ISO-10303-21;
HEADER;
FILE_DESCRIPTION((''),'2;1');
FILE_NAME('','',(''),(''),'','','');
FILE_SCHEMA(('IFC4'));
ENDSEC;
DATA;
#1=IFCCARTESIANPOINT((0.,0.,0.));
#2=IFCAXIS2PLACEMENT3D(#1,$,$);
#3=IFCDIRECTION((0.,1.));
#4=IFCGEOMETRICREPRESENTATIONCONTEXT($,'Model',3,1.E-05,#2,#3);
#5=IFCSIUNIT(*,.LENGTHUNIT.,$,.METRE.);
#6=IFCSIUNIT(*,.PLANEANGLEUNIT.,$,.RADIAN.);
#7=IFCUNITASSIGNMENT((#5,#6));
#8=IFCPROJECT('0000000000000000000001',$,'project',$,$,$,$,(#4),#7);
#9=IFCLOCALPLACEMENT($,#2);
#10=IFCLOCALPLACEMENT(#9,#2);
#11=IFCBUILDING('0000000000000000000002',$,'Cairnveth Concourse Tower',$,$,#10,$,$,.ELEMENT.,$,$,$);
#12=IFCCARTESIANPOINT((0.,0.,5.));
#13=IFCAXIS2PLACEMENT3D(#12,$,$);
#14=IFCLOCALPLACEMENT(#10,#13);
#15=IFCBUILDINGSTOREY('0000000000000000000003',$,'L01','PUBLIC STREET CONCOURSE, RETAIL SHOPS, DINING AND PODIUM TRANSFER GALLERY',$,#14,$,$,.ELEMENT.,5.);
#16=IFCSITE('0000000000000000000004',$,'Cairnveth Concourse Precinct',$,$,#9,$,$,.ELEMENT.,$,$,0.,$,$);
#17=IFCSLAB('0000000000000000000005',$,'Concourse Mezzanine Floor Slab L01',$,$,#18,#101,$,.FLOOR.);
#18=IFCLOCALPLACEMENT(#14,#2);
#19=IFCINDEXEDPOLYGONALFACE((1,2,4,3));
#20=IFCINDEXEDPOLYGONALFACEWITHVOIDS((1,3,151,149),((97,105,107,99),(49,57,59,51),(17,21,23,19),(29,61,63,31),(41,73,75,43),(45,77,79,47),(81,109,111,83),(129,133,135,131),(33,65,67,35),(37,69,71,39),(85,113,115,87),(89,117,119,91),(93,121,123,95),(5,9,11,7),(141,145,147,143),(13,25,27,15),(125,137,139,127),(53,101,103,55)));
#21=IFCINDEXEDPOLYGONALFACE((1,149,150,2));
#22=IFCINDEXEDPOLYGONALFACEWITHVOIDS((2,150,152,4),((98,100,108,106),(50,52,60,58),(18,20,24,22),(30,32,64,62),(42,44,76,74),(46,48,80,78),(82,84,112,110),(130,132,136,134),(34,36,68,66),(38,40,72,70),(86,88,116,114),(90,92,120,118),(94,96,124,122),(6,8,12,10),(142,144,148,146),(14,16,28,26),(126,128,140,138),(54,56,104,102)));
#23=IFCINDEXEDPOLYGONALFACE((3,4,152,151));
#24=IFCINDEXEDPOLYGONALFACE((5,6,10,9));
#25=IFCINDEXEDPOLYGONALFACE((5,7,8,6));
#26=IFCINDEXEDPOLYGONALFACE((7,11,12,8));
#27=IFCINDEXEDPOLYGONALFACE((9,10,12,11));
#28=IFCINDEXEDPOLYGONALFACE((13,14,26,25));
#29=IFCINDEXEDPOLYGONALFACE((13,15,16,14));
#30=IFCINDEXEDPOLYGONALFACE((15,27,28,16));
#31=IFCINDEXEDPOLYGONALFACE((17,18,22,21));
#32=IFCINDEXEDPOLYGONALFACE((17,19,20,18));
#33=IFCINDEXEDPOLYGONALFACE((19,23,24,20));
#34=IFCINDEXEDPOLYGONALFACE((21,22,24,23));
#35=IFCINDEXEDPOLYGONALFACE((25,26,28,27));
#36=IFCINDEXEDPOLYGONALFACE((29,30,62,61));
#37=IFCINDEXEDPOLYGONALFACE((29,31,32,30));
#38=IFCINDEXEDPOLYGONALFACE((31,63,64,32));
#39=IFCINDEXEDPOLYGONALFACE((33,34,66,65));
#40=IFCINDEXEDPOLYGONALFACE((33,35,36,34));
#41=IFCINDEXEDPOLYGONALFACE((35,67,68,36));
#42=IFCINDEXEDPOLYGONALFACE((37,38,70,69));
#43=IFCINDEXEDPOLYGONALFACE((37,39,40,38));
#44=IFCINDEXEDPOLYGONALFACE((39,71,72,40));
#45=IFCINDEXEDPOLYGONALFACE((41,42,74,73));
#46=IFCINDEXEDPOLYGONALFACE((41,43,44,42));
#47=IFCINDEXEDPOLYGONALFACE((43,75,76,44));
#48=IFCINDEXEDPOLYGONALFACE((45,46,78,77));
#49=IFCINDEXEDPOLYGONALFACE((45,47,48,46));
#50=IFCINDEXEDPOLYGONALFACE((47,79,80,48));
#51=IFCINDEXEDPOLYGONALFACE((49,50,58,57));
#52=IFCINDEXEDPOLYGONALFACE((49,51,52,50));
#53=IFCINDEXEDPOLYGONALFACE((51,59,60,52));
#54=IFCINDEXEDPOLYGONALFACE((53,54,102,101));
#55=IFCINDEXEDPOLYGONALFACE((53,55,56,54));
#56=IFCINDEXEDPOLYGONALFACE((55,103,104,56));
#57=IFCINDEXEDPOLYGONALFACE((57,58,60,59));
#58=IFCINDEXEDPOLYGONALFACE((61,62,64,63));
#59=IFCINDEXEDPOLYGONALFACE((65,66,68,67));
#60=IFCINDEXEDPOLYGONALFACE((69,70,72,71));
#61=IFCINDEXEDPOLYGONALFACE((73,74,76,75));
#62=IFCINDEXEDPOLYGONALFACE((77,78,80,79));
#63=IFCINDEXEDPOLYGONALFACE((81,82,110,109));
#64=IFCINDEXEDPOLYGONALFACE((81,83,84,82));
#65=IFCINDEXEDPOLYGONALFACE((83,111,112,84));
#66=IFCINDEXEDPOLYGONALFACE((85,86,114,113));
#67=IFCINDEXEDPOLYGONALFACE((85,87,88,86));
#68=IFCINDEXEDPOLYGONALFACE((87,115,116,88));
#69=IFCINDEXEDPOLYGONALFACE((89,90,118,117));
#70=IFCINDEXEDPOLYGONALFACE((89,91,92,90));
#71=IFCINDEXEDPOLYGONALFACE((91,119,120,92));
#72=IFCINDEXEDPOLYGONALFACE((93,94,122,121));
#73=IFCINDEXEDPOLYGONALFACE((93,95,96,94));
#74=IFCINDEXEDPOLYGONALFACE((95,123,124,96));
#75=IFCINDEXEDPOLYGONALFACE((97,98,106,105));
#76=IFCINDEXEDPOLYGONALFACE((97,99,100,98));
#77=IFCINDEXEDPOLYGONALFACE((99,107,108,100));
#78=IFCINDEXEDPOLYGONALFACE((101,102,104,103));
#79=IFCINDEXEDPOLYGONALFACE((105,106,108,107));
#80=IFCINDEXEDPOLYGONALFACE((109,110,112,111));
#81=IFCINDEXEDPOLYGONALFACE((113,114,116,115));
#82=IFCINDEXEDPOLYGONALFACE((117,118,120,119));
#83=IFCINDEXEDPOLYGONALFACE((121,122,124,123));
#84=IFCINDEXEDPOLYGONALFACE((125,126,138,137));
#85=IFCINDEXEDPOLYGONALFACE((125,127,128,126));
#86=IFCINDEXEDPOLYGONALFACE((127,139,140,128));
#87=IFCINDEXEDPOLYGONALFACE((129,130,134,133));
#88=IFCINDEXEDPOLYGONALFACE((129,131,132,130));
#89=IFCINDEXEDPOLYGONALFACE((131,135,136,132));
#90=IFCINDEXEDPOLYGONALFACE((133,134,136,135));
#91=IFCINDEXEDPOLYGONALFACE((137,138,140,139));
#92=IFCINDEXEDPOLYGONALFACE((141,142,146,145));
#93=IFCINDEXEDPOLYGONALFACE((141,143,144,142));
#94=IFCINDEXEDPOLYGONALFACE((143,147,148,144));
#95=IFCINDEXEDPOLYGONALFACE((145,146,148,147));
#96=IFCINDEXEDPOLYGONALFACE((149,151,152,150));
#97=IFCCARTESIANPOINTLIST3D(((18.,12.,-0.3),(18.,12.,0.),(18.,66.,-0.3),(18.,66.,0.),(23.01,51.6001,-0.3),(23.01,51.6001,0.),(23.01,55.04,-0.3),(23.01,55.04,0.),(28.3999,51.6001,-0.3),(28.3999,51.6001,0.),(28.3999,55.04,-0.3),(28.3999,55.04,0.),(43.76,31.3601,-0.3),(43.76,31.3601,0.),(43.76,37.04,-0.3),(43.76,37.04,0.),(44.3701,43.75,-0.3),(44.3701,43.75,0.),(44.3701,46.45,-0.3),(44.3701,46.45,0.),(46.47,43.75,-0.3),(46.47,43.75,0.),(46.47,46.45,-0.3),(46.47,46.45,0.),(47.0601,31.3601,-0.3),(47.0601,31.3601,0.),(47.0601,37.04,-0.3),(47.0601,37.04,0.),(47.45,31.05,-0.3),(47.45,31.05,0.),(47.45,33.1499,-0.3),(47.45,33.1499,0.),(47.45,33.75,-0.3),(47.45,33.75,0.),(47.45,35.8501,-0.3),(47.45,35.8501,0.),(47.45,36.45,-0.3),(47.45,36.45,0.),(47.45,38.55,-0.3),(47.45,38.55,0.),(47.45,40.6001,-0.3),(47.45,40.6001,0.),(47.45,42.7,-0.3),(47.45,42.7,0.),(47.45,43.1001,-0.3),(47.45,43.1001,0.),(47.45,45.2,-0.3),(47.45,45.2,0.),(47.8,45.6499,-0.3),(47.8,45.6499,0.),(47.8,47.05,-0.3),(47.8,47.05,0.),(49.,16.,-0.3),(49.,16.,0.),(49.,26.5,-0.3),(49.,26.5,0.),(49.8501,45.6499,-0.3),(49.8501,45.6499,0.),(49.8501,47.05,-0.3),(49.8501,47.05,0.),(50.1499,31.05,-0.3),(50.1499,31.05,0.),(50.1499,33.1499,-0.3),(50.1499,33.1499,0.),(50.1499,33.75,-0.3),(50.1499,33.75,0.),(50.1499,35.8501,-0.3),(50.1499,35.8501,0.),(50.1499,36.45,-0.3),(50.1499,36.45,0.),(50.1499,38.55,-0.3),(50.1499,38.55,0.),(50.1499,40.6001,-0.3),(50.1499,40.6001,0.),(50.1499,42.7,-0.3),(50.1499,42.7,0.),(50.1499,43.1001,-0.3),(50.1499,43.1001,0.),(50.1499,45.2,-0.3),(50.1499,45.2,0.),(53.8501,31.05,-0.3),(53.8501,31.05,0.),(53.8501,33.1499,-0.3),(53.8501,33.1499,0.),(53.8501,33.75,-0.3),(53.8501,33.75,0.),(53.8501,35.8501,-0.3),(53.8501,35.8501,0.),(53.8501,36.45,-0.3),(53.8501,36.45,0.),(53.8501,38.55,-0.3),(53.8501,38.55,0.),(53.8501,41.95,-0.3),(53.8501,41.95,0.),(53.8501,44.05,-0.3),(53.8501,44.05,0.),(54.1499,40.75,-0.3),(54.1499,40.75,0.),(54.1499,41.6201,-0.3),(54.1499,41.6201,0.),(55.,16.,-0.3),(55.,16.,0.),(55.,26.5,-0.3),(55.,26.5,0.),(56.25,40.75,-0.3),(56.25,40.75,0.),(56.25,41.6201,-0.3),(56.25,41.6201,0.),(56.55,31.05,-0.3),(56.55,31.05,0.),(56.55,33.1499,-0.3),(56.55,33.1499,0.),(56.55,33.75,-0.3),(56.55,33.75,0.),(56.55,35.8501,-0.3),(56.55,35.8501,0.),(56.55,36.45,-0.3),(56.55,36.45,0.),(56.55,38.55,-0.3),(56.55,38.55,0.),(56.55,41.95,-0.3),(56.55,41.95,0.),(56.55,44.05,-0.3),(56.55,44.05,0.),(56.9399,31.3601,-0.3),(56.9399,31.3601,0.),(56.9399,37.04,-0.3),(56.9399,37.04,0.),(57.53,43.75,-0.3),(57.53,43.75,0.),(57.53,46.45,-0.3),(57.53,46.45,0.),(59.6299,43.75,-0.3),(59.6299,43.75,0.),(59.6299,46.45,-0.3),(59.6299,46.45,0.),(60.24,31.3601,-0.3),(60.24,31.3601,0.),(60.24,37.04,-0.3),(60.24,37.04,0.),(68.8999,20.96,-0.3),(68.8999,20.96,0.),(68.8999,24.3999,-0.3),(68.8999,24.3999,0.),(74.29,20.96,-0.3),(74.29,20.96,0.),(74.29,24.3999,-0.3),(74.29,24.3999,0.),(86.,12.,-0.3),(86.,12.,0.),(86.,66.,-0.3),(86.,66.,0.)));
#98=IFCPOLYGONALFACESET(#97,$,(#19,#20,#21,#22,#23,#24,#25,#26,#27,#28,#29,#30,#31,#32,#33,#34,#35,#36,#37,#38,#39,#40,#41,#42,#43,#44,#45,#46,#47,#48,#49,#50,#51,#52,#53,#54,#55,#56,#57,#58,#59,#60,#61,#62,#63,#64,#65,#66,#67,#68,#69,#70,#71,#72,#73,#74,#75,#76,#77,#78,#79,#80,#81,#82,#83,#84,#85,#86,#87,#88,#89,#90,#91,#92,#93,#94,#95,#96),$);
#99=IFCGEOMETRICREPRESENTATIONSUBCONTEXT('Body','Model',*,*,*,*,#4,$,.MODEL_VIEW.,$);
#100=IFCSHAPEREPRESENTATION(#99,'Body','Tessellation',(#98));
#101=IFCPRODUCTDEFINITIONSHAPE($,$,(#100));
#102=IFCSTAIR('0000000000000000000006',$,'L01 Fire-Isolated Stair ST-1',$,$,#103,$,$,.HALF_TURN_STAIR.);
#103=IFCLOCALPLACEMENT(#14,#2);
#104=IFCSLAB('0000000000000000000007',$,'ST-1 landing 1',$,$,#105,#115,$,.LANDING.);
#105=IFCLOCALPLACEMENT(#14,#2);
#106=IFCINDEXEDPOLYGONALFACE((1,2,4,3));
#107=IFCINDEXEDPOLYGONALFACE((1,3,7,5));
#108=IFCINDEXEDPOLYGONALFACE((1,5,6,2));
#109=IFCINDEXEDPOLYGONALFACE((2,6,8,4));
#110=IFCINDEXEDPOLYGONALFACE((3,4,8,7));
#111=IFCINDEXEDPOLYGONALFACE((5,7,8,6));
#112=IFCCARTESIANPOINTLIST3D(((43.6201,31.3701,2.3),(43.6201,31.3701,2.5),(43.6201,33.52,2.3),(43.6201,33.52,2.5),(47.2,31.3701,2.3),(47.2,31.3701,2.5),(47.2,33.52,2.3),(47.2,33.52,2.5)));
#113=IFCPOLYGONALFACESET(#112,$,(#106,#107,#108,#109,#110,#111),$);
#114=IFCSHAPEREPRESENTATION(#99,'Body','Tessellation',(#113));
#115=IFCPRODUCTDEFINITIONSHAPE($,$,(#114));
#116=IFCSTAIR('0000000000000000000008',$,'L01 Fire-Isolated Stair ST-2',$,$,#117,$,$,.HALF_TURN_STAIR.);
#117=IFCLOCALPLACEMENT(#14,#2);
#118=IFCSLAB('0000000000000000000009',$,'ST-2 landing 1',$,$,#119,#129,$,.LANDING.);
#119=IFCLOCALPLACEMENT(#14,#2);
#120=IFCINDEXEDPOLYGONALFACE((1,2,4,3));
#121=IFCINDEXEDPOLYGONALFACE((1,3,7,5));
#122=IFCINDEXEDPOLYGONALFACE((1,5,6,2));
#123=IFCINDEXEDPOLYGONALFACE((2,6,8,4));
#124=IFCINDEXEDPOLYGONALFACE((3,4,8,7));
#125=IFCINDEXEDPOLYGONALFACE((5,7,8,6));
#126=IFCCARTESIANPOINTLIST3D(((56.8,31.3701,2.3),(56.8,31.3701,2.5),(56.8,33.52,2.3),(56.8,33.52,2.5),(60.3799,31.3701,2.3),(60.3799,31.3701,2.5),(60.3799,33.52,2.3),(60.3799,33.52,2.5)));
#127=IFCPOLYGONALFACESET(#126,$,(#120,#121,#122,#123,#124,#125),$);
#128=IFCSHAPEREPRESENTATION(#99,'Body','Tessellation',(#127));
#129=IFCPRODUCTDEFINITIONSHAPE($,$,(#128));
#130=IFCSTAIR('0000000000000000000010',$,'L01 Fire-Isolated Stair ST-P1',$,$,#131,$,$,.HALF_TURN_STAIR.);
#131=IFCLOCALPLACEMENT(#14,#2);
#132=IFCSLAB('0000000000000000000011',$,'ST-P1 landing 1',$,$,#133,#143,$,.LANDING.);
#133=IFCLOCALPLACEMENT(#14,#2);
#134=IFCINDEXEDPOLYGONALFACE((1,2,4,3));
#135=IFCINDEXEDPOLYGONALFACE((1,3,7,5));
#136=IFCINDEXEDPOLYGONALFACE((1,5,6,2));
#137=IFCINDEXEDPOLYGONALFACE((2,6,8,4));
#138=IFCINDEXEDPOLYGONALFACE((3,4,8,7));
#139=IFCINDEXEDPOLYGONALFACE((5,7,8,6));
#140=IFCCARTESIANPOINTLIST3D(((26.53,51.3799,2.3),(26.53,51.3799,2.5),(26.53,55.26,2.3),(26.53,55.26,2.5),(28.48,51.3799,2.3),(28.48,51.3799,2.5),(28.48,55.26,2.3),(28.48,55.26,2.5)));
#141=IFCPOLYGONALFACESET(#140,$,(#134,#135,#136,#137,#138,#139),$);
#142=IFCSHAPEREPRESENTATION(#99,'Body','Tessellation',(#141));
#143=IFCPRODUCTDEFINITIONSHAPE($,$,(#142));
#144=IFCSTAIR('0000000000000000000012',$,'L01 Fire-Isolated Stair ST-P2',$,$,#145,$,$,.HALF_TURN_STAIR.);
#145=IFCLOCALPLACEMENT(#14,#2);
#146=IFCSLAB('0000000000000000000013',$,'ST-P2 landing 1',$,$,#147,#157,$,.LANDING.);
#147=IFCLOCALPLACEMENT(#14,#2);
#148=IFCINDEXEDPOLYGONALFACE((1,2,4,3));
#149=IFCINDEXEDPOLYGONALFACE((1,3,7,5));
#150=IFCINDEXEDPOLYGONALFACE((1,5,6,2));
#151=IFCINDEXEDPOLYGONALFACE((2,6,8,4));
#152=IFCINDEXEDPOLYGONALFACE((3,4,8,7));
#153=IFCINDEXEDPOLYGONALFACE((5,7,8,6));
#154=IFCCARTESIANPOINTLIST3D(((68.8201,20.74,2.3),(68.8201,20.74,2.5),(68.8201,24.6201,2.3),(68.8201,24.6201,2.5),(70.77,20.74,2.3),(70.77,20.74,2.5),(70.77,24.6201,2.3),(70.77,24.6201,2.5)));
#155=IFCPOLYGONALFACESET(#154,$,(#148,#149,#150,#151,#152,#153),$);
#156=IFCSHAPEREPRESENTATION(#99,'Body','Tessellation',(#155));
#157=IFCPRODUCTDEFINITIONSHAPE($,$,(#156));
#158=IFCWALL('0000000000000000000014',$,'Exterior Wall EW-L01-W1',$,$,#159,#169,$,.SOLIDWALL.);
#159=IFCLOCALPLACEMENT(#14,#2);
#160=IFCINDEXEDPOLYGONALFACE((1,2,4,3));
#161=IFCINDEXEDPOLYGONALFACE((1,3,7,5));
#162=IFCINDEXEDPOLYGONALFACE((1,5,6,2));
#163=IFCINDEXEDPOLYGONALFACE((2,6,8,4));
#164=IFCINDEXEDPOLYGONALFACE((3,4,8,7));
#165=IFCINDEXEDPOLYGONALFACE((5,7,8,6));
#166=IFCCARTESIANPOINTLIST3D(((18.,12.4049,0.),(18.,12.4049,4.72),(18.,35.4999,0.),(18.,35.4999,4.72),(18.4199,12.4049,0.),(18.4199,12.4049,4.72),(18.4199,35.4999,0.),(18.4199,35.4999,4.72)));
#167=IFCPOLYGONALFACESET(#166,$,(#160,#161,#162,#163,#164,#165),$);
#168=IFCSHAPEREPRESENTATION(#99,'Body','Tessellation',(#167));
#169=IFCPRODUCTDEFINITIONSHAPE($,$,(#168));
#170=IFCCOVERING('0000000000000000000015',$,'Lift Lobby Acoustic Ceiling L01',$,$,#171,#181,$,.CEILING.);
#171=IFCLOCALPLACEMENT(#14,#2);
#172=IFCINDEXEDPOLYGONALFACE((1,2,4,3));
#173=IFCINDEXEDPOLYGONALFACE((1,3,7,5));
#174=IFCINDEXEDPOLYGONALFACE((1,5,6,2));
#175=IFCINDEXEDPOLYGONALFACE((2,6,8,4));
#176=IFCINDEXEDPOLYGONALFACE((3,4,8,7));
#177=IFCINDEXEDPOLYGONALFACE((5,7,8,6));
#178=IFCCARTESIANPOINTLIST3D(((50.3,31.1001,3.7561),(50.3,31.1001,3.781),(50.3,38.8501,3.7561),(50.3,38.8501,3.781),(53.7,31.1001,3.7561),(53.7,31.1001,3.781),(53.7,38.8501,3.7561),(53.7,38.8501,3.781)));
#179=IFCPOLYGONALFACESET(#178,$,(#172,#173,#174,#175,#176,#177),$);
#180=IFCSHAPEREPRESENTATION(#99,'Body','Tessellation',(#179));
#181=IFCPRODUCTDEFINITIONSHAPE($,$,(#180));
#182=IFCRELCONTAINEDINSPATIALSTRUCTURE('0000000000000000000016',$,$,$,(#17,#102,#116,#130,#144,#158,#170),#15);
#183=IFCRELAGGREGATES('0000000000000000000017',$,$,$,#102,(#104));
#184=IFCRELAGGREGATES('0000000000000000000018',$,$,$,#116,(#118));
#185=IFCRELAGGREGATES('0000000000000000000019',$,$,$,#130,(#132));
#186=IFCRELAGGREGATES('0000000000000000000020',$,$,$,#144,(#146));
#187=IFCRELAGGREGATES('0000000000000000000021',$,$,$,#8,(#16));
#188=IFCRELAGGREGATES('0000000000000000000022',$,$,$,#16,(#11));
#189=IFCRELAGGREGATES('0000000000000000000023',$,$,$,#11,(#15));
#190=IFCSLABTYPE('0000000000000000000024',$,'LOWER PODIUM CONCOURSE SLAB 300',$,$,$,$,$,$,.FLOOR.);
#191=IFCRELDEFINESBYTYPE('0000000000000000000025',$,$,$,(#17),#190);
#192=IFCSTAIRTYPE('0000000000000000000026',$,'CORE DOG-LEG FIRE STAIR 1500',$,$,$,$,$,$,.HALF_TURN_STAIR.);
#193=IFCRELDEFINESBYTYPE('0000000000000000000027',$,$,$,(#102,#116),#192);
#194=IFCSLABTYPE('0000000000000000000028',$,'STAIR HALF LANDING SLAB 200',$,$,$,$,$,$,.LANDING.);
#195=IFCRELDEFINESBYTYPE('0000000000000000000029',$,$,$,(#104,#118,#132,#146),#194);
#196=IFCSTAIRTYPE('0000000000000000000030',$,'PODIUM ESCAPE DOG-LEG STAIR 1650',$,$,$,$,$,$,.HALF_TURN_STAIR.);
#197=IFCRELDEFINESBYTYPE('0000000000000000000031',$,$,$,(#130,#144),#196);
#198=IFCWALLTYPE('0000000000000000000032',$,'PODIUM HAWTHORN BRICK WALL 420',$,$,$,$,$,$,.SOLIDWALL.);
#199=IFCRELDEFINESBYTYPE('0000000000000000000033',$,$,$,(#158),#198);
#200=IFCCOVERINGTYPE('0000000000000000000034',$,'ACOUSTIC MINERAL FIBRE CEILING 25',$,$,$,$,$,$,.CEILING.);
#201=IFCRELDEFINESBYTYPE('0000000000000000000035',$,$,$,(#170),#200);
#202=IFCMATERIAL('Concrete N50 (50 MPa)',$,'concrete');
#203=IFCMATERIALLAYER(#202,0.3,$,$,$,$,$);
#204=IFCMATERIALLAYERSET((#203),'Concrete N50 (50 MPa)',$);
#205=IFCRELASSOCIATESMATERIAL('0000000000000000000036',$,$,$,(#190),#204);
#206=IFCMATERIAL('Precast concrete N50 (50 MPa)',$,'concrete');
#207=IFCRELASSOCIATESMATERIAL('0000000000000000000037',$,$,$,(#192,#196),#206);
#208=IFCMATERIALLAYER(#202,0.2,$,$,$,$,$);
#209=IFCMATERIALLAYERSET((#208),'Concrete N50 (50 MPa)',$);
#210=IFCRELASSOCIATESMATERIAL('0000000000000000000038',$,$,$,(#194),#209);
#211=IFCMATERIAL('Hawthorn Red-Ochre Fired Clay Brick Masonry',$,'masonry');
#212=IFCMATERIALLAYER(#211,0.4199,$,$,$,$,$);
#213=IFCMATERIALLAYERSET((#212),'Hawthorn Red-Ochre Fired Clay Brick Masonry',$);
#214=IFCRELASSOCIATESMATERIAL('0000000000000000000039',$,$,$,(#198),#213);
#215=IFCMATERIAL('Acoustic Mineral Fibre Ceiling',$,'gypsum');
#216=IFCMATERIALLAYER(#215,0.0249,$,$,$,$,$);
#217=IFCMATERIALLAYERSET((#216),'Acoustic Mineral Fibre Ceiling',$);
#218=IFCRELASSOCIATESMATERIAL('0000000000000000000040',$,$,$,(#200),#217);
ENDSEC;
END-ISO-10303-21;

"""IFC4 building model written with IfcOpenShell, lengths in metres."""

from ifc_helpers import new_model, si_unit, direction, frame, frame_2d, origin, place, context, subcontext, project, spatial, polyline, rectangle, outline, extrude, material, layer, layer_set, type_object, element, aggregate, save


model = new_model("IFC4")

# Units and contexts
model_context = context("Model", 3, precision=1e-05, world=origin(), true_north=direction((0.0, 1.0)))
body_context = subcontext(model_context, "Body", "Model", "MODEL_VIEW")
ifc_project = project(units=[si_unit("LENGTHUNIT", "METRE"), si_unit("PLANEANGLEUNIT", "RADIAN")], contexts=[model_context])

# Site, building, storey
site_placement = place(None, origin())
site = spatial("IfcSite", under=ifc_project, at=site_placement, Name="Cairnveth Concourse Precinct", CompositionType="ELEMENT", RefElevation=0.0)
building_placement = place(site_placement, origin())
building = spatial("IfcBuilding", under=site, at=building_placement, Name="Cairnveth Concourse Tower", CompositionType="ELEMENT")
storey_placement = place(building_placement, frame((0.0, 0.0, 5.0)))
storey = spatial("IfcBuildingStorey", under=building, at=storey_placement, Name="L01", Description="PUBLIC STREET CONCOURSE, RETAIL SHOPS, DINING AND PODIUM TRANSFER GALLERY", CompositionType="ELEMENT", Elevation=5.0)

# Slab
ifc_material_1 = material(Name="Concrete N50 (50 MPa)", Category="concrete")
ifc_layer_1 = layer(ifc_material_1, 0.3)
ifc_layer_set_1 = layer_set([ifc_layer_1], Name="Concrete N50 (50 MPa)")
slab_type_1 = type_object("IfcSlabType", Name="LOWER PODIUM CONCOURSE SLAB 300", PredefinedType="FLOOR", material=ifc_layer_set_1)
slab_1_placement = place(storey_placement, frame((0.0, 0.0, -0.3)))
element("IfcSlab", 1, at=slab_1_placement, inside=storey, type_object=slab_type_1, Name="Concourse Mezzanine Floor Slab L01", PredefinedType="FLOOR", context=body_context, shape_type="SweptSolid", body=[
    extrude(outline(polyline([(18.0, 12.0), (86.0, 12.0), (86.0, 66.0), (18.0, 66.0), (18.0, 12.0)]), holes=[polyline([(43.76, 31.3601), (47.0601, 31.3601), (47.0601, 37.04), (43.76, 37.04), (43.76, 31.3601)]), polyline([(56.9399, 31.3601), (60.24, 31.3601), (60.24, 37.04), (56.9399, 37.04), (56.9399, 31.3601)]), polyline([(23.01, 51.6001), (28.3999, 51.6001), (28.3999, 55.04), (23.01, 55.04), (23.01, 51.6001)]), polyline([(74.29, 24.3999), (68.8999, 24.3999), (68.8999, 20.96), (74.29, 20.96), (74.29, 24.3999)]), polyline([(44.3701, 43.75), (46.47, 43.75), (46.47, 46.45), (44.3701, 46.45), (44.3701, 43.75)]), polyline([(57.53, 43.75), (59.6299, 43.75), (59.6299, 46.45), (57.53, 46.45), (57.53, 43.75)]), polyline([(47.45, 31.05), (50.1499, 31.05), (50.1499, 33.1499), (47.45, 33.1499), (47.45, 31.05)]), polyline([(47.45, 33.75), (50.1499, 33.75), (50.1499, 35.8501), (47.45, 35.8501), (47.45, 33.75)]), polyline([(47.45, 36.45), (50.1499, 36.45), (50.1499, 38.55), (47.45, 38.55), (47.45, 36.45)]), polyline([(53.8501, 31.05), (56.55, 31.05), (56.55, 33.1499), (53.8501, 33.1499), (53.8501, 31.05)]), polyline([(53.8501, 33.75), (56.55, 33.75), (56.55, 35.8501), (53.8501, 35.8501), (53.8501, 33.75)]), polyline([(53.8501, 36.45), (56.55, 36.45), (56.55, 38.55), (53.8501, 38.55), (53.8501, 36.45)]), polyline([(47.45, 40.6001), (50.1499, 40.6001), (50.1499, 42.7), (47.45, 42.7), (47.45, 40.6001)]), polyline([(47.45, 43.1001), (50.1499, 43.1001), (50.1499, 45.2), (47.45, 45.2), (47.45, 43.1001)]), polyline([(53.8501, 41.95), (56.55, 41.95), (56.55, 44.05), (53.8501, 44.05), (53.8501, 41.95)]), polyline([(47.8, 45.6499), (49.8501, 45.6499), (49.8501, 47.05), (47.8, 47.05), (47.8, 45.6499)]), polyline([(54.1499, 40.75), (56.25, 40.75), (56.25, 41.6201), (54.1499, 41.6201), (54.1499, 40.75)]), polyline([(49.0, 16.0), (55.0, 16.0), (55.0, 26.5), (49.0, 26.5), (49.0, 16.0)])]), origin(), (0.0, 0.0, 1.0), 0.3),
])

# Stairs, slabs
ifc_material_2 = material(Name="Precast concrete N50 (50 MPa)", Category="concrete")
stair_type_1 = type_object("IfcStairType", Name="CORE DOG-LEG FIRE STAIR 1500", PredefinedType="HALF_TURN_STAIR", material=ifc_material_2)
stair_1_placement = place(storey_placement, origin())
stair_1 = element("IfcStair", 2, at=stair_1_placement, inside=storey, type_object=stair_type_1, Name="L01 Fire-Isolated Stair ST-1", PredefinedType="HALF_TURN_STAIR")
ifc_layer_2 = layer(ifc_material_1, 0.2)
ifc_layer_set_2 = layer_set([ifc_layer_2], Name="Concrete N50 (50 MPa)")
slab_type_2 = type_object("IfcSlabType", Name="STAIR HALF LANDING SLAB 200", PredefinedType="LANDING", material=ifc_layer_set_2)
slab_2_placement = place(storey_placement, frame((0.0, 0.0, 2.3)))
slab_2 = element("IfcSlab", 3, at=slab_2_placement, type_object=slab_type_2, Name="ST-1 landing 1", PredefinedType="LANDING", context=body_context, shape_type="SweptSolid", body=[
    extrude(outline(polyline([(43.6201, 33.52), (43.6201, 31.3701), (47.2, 31.3701), (47.2, 33.52), (43.6201, 33.52)])), origin(), (0.0, 0.0, 1.0), 0.2),
])
aggregate(stair_1, [slab_2])
stair_2_placement = place(storey_placement, origin())
stair_2 = element("IfcStair", 4, at=stair_2_placement, inside=storey, type_object=stair_type_1, Name="L01 Fire-Isolated Stair ST-2", PredefinedType="HALF_TURN_STAIR")
slab_3_placement = place(storey_placement, frame((0.0, 0.0, 2.3)))
slab_3 = element("IfcSlab", 5, at=slab_3_placement, type_object=slab_type_2, Name="ST-2 landing 1", PredefinedType="LANDING", context=body_context, shape_type="SweptSolid", body=[
    extrude(outline(polyline([(56.8, 33.52), (56.8, 31.3701), (60.3799, 31.3701), (60.3799, 33.52), (56.8, 33.52)])), origin(), (0.0, 0.0, 1.0), 0.2),
])
aggregate(stair_2, [slab_3])
stair_type_2 = type_object("IfcStairType", Name="PODIUM ESCAPE DOG-LEG STAIR 1650", PredefinedType="HALF_TURN_STAIR", material=ifc_material_2)
stair_3_placement = place(storey_placement, origin())
stair_3 = element("IfcStair", 6, at=stair_3_placement, inside=storey, type_object=stair_type_2, Name="L01 Fire-Isolated Stair ST-P1", PredefinedType="HALF_TURN_STAIR")
slab_4_placement = place(storey_placement, frame((0.0, 0.0, 2.3)))
slab_4 = element("IfcSlab", 7, at=slab_4_placement, type_object=slab_type_2, Name="ST-P1 landing 1", PredefinedType="LANDING", context=body_context, shape_type="SweptSolid", body=[
    extrude(outline(polyline([(26.53, 51.3799), (28.48, 51.3799), (28.48, 55.26), (26.53, 55.26), (26.53, 51.3799)])), origin(), (0.0, 0.0, 1.0), 0.2),
])
aggregate(stair_3, [slab_4])
stair_4_placement = place(storey_placement, origin())
stair_4 = element("IfcStair", 8, at=stair_4_placement, inside=storey, type_object=stair_type_2, Name="L01 Fire-Isolated Stair ST-P2", PredefinedType="HALF_TURN_STAIR")
slab_5_placement = place(storey_placement, frame((0.0, 0.0, 2.3)))
slab_5 = element("IfcSlab", 9, at=slab_5_placement, type_object=slab_type_2, Name="ST-P2 landing 1", PredefinedType="LANDING", context=body_context, shape_type="SweptSolid", body=[
    extrude(outline(polyline([(70.77, 24.6201), (68.8201, 24.6201), (68.8201, 20.74), (70.77, 20.74), (70.77, 24.6201)])), origin(), (0.0, 0.0, 1.0), 0.2),
])
aggregate(stair_4, [slab_5])

# Wall
ifc_material_3 = material(Name="Hawthorn Red-Ochre Fired Clay Brick Masonry", Category="masonry")
ifc_layer_3 = layer(ifc_material_3, 0.4199)
ifc_layer_set_3 = layer_set([ifc_layer_3], Name="Hawthorn Red-Ochre Fired Clay Brick Masonry")
wall_type = type_object("IfcWallType", Name="PODIUM HAWTHORN BRICK WALL 420", PredefinedType="SOLIDWALL", material=ifc_layer_set_3)
wall_placement = place(storey_placement, frame((18.21, 12.405, 0.0), z_axis=(0.0, 0.0, 1.0), x_axis=(0.0, 1.0, 0.0)))
element("IfcWall", 10, at=wall_placement, inside=storey, type_object=wall_type, Name="Exterior Wall EW-L01-W1", PredefinedType="SOLIDWALL", context=body_context, shape_type="SweptSolid", body=[
    extrude(rectangle(XDim=23.095, YDim=0.4199, at=frame_2d((11.5474, 0.0))), origin(), (0.0, 0.0, 1.0), 4.72),
])

# Covering
ifc_material_4 = material(Name="Acoustic Mineral Fibre Ceiling", Category="gypsum")
ifc_layer_4 = layer(ifc_material_4, 0.0249)
ifc_layer_set_4 = layer_set([ifc_layer_4], Name="Acoustic Mineral Fibre Ceiling")
covering_type_1 = type_object("IfcCoveringType", Name="ACOUSTIC MINERAL FIBRE CEILING 25", PredefinedType="CEILING", material=ifc_layer_set_4)
covering_1_placement = place(storey_placement, frame((0.0, 0.0, 3.7561)))
element("IfcCovering", 11, at=covering_1_placement, inside=storey, type_object=covering_type_1, Name="Lift Lobby Acoustic Ceiling L01", PredefinedType="CEILING", context=body_context, shape_type="SweptSolid", body=[
    extrude(outline(polyline([(50.3, 31.1001), (53.7, 31.1001), (53.7, 38.8501), (50.3, 38.8501), (50.3, 31.1001)])), origin(), (0.0, 0.0, 1.0), 0.0249),
])

save(model, "model.ifc")
